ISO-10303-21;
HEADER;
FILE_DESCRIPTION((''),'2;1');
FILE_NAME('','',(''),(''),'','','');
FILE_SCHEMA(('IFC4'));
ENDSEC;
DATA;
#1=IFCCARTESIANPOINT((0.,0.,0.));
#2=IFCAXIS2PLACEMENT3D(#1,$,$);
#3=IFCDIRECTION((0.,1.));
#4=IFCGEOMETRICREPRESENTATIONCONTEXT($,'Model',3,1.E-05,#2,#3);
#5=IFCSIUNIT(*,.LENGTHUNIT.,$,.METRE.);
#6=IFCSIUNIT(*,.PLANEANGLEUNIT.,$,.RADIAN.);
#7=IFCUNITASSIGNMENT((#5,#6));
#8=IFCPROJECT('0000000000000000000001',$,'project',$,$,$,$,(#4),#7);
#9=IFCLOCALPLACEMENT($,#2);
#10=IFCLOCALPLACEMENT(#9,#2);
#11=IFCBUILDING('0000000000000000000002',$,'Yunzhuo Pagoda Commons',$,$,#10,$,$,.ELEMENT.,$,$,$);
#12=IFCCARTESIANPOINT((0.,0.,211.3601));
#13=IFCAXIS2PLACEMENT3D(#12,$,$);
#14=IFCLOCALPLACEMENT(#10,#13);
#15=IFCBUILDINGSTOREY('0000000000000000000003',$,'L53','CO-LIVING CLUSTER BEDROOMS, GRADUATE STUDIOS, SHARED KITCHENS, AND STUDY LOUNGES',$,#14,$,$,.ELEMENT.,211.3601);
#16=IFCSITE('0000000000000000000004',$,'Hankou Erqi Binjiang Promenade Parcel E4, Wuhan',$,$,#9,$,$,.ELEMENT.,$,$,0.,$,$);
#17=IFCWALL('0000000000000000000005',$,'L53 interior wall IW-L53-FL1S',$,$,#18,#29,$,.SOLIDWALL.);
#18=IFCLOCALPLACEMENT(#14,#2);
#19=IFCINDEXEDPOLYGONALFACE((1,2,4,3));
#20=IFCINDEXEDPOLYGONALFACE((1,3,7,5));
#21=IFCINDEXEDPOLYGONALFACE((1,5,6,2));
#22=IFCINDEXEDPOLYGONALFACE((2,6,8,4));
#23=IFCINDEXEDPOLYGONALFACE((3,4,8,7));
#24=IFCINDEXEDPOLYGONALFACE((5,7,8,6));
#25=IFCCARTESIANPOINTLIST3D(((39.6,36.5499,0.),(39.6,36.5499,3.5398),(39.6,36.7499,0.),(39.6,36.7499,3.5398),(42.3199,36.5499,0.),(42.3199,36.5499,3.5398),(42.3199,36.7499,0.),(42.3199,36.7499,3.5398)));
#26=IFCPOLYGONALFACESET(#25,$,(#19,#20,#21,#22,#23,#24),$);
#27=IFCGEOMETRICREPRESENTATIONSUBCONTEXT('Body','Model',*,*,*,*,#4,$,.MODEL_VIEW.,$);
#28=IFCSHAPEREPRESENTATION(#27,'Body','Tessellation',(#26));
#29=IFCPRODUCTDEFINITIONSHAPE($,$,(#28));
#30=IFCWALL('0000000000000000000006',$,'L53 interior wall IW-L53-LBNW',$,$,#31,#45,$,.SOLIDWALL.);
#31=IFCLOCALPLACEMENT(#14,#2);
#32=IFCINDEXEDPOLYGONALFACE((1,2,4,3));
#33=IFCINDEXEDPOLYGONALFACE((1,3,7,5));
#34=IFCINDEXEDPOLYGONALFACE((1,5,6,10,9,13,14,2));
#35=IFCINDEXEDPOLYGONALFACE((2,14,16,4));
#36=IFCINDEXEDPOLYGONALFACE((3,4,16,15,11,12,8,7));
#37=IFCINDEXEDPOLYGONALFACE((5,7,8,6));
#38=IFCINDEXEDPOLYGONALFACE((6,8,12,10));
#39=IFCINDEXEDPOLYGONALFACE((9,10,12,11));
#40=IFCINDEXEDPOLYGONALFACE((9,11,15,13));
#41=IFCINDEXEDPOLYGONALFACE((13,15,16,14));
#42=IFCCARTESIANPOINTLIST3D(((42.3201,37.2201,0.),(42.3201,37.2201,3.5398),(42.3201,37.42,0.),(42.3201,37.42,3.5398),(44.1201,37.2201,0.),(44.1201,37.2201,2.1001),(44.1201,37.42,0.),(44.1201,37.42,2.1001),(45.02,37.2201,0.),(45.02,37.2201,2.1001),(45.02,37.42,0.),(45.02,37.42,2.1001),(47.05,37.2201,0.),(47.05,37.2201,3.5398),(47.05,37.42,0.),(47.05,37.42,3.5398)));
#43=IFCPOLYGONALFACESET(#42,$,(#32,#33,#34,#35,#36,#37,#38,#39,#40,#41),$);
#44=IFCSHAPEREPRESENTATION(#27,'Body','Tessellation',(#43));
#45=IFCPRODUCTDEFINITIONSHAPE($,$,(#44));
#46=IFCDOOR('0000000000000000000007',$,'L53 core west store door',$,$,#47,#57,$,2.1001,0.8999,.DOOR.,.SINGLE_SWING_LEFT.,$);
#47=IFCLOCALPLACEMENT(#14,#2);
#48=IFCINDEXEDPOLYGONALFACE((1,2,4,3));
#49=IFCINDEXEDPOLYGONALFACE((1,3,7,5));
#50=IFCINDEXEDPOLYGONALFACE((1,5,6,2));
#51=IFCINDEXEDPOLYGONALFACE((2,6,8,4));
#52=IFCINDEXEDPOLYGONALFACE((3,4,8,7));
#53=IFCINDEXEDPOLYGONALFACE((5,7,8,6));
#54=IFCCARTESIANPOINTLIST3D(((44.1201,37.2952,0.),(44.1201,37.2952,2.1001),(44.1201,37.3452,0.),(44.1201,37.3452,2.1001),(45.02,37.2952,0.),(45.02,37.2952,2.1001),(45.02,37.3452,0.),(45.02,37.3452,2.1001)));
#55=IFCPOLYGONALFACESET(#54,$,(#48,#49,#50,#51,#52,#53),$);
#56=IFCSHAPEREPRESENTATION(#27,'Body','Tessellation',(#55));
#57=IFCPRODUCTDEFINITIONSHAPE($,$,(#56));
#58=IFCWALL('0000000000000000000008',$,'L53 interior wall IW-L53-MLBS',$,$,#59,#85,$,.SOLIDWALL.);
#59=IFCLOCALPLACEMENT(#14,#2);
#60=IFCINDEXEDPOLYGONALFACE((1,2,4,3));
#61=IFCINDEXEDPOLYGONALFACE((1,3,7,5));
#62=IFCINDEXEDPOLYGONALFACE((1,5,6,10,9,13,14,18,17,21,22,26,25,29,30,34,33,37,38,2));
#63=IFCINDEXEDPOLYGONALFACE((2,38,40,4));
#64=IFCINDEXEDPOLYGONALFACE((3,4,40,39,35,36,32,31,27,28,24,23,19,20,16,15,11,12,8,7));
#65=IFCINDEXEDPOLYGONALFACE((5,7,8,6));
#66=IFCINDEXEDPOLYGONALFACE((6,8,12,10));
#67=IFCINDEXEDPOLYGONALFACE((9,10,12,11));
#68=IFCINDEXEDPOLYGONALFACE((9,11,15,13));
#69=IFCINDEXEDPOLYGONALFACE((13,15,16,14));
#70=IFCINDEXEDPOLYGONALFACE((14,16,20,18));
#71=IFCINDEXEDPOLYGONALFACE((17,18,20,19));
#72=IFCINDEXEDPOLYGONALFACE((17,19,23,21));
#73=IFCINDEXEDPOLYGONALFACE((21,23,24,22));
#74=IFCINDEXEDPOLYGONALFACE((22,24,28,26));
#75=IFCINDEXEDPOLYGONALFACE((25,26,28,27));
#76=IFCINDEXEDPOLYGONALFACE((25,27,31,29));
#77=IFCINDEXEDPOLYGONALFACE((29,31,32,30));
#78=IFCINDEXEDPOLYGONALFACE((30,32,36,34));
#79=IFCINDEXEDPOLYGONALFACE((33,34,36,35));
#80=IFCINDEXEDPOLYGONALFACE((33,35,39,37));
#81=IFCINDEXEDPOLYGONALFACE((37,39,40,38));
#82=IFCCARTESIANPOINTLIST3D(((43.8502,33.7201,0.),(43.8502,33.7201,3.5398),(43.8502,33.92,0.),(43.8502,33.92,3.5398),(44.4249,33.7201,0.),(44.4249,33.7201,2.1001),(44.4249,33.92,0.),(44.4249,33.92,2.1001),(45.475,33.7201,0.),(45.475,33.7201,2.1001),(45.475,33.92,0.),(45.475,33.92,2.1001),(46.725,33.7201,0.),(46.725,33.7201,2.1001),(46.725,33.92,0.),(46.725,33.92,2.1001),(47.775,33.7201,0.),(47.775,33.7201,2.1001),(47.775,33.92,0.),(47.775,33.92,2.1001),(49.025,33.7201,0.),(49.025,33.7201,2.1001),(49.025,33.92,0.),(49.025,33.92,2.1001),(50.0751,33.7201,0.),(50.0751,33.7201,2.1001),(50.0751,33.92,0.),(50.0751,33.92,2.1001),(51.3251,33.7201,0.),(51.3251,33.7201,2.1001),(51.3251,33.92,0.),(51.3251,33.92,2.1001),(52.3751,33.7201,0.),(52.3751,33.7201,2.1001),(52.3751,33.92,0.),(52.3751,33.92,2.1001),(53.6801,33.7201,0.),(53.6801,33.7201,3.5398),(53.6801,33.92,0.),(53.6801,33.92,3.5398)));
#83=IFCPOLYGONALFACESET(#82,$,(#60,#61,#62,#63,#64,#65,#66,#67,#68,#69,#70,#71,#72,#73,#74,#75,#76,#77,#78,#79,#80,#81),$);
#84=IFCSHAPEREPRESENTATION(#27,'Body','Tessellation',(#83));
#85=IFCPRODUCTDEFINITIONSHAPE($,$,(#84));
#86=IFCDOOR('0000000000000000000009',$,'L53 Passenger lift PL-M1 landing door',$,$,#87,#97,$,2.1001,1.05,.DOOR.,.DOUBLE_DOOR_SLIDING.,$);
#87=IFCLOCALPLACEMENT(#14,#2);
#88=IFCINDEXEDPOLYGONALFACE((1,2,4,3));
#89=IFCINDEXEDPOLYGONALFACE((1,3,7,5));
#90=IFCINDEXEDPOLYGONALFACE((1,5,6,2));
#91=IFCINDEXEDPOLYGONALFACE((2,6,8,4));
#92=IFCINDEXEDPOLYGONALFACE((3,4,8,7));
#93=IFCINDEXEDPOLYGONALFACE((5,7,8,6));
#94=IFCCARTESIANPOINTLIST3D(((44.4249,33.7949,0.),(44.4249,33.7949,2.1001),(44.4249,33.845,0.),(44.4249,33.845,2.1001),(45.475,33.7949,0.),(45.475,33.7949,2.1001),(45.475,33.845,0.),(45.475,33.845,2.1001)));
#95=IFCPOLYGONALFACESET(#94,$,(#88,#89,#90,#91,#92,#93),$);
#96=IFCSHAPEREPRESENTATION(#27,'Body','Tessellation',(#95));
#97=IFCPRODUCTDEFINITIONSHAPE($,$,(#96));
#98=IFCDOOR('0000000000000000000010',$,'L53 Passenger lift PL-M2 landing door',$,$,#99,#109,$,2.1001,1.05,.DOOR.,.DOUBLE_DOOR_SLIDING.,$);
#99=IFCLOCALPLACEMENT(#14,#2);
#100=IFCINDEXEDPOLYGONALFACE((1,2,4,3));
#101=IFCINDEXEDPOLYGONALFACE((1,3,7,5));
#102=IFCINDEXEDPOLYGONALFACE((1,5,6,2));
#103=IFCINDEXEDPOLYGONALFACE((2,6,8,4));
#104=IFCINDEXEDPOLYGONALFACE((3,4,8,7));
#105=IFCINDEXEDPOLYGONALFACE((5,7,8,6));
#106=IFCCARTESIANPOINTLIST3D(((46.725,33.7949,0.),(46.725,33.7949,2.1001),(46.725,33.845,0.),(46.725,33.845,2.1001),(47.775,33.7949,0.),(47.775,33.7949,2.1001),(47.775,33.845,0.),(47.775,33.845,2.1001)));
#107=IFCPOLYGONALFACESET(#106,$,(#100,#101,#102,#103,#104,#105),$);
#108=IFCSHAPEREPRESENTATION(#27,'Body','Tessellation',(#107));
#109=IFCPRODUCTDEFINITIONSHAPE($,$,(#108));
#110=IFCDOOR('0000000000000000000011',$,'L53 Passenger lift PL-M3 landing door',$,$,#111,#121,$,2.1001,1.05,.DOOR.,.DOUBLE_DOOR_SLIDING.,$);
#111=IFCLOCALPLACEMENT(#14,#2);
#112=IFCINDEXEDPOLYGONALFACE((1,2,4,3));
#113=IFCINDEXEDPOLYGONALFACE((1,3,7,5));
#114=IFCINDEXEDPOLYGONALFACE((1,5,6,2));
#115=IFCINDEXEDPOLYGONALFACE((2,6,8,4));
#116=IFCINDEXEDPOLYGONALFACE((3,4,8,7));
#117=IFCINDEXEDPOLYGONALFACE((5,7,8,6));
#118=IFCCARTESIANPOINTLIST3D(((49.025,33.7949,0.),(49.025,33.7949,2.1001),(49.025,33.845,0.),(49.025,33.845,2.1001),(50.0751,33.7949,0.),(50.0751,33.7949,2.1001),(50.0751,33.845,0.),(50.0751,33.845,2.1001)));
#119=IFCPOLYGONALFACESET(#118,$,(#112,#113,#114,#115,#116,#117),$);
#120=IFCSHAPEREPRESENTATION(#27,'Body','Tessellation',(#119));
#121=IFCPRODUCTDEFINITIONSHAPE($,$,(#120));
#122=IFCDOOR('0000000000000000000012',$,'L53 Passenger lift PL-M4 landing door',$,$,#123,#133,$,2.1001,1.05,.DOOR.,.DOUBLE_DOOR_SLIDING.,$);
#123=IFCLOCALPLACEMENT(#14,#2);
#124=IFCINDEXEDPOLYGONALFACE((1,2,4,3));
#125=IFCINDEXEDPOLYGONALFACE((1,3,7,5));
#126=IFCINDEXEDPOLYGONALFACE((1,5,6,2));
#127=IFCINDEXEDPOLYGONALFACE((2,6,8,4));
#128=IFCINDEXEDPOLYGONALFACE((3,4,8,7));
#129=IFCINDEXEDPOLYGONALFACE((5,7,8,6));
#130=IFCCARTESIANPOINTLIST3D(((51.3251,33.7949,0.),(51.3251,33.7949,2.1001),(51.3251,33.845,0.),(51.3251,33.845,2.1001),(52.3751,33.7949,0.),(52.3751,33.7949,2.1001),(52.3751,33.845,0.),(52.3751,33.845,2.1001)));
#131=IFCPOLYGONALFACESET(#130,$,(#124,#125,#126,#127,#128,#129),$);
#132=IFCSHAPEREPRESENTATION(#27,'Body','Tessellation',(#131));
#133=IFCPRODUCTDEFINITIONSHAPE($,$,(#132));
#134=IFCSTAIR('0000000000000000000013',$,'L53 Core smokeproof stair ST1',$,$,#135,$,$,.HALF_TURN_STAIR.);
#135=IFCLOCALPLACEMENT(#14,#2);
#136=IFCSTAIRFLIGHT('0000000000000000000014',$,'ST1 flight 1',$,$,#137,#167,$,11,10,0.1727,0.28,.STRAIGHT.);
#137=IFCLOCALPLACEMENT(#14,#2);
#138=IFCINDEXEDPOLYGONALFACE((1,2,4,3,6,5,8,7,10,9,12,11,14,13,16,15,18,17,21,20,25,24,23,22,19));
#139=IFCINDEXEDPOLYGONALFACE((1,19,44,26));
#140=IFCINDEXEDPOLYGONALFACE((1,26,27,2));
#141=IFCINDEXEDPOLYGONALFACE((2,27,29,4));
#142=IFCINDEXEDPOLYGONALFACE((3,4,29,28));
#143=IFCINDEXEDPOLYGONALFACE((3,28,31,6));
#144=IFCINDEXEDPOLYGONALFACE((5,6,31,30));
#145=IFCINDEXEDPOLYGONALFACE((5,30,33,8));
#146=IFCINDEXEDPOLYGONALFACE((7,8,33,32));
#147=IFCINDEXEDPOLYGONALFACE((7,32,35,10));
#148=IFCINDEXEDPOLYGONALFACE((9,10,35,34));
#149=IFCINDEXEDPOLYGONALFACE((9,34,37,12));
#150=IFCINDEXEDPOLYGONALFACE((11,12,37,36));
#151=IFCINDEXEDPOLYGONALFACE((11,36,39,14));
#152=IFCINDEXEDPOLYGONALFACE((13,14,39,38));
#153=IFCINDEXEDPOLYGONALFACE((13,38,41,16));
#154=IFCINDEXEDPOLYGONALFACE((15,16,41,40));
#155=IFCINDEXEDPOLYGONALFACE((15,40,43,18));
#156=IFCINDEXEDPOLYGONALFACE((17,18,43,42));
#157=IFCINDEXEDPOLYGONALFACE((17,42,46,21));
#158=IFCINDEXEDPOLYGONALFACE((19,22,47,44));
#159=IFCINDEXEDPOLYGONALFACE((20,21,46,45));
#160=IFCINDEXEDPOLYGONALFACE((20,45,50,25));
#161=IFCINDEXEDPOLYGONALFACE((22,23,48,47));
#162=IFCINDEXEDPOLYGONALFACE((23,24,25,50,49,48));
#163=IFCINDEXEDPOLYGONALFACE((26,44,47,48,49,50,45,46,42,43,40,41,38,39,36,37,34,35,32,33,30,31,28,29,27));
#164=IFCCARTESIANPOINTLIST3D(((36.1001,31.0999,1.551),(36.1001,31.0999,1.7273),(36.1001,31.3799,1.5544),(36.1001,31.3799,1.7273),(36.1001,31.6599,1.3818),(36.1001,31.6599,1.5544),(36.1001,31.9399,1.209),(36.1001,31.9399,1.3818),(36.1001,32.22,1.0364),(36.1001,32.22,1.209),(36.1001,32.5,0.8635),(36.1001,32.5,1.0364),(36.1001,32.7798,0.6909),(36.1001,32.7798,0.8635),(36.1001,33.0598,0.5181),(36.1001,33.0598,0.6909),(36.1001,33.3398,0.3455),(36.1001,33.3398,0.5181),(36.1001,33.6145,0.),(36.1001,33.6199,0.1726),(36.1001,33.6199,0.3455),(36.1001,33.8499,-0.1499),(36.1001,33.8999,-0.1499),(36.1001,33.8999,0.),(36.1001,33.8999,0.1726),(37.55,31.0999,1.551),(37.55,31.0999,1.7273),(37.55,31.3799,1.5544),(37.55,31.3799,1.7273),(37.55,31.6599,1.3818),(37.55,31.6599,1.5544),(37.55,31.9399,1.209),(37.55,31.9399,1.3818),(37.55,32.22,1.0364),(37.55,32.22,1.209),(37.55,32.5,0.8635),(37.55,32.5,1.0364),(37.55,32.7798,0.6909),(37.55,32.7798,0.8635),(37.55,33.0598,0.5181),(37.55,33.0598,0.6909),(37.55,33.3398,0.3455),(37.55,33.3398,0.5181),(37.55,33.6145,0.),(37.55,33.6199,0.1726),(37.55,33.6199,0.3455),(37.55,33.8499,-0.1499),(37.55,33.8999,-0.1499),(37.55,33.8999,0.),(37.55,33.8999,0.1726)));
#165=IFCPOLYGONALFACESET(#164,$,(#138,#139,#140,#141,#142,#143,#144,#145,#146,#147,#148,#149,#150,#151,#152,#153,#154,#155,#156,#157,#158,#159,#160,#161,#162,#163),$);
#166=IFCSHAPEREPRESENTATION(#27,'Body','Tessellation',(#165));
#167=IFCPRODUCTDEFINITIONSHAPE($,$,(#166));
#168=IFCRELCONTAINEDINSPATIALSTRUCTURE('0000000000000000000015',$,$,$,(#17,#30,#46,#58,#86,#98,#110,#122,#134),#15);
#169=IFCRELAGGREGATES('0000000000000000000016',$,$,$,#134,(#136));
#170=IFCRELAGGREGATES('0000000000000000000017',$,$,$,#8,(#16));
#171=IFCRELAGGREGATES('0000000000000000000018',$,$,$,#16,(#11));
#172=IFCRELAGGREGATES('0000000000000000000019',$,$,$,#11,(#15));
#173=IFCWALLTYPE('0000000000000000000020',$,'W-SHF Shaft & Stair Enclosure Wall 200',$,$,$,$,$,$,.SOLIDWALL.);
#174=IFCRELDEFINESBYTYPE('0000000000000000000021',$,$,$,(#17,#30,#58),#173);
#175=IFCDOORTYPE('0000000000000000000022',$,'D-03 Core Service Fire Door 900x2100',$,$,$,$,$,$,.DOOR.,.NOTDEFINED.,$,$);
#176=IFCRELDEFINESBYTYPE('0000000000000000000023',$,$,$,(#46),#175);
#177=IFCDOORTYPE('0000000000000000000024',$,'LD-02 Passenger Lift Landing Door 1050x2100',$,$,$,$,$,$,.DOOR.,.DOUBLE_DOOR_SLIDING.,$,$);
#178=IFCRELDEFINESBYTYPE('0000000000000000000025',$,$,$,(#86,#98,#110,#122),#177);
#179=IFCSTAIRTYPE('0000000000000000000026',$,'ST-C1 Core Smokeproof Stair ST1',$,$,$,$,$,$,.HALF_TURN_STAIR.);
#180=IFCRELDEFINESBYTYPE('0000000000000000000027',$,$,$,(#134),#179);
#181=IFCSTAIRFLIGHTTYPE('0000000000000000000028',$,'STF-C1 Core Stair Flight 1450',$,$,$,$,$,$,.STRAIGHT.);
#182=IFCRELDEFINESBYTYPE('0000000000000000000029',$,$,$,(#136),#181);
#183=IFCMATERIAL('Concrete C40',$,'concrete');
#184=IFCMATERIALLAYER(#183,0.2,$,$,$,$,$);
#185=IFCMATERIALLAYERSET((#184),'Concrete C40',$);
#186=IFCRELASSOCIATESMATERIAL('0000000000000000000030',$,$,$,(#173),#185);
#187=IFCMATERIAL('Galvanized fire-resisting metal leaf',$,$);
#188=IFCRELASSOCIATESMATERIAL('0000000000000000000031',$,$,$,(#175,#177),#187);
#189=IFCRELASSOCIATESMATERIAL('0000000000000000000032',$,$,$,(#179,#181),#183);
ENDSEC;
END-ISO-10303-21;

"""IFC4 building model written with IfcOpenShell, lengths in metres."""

from ifc_helpers import new_model, si_unit, direction, frame, frame_2d, origin, origin_with_axes, place, context, subcontext, project, spatial, polyline, rectangle, outline, extrude, source, transform, mapped, material, layer, layer_set, type_object, element, fill, aggregate, save


model = new_model("IFC4")

# Units and contexts
model_context = context("Model", 3, precision=1e-05, world=origin(), true_north=direction((0.0, 1.0)))
body_context = subcontext(model_context, "Body", "Model", "MODEL_VIEW")
ifc_project = project(units=[si_unit("LENGTHUNIT", "METRE"), si_unit("PLANEANGLEUNIT", "RADIAN")], contexts=[model_context])

# Site, building, storey
site_placement = place(None, origin())
site = spatial("IfcSite", under=ifc_project, at=site_placement, Name="Hankou Erqi Binjiang Promenade Parcel E4, Wuhan", CompositionType="ELEMENT", RefElevation=0.0)
building_placement = place(site_placement, origin())
building = spatial("IfcBuilding", under=site, at=building_placement, Name="Yunzhuo Pagoda Commons", CompositionType="ELEMENT")
storey_placement = place(building_placement, frame((0.0, 0.0, 211.3601)))
storey = spatial("IfcBuildingStorey", under=building, at=storey_placement, Name="L53", Description="CO-LIVING CLUSTER BEDROOMS, GRADUATE STUDIOS, SHARED KITCHENS, AND STUDY LOUNGES", CompositionType="ELEMENT", Elevation=211.3601)

# Shared definitions
ifc_material_1 = material(Name="Galvanized fire-resisting metal leaf")
shared_shape_1 = source(origin(), body_context, "Body", "SweptSolid", [
    extrude(rectangle(XDim=1.05, YDim=2.1001, at=frame_2d((0.5249, 1.05))), frame((0.0, 0.0249, 0.0), z_axis=(0.0, -1.0, 0.0), x_axis=(1.0, 0.0, 0.0)), (0.0, 0.0, 1.0), 0.05),
])

# Wall
ifc_material_2 = material(Name="Concrete C40", Category="concrete")
ifc_layer_1 = layer(ifc_material_2, 0.2)
ifc_layer_set_1 = layer_set([ifc_layer_1], Name="Concrete C40")
wall_type_1 = type_object("IfcWallType", Name="W-SHF Shaft & Stair Enclosure Wall 200", PredefinedType="SOLIDWALL", material=ifc_layer_set_1)
wall_1_placement = place(storey_placement, frame((39.6001, 36.6499, 0.0), z_axis=(0.0, 0.0, 1.0), x_axis=(1.0, 0.0, 0.0)))
element("IfcWall", 1, at=wall_1_placement, inside=storey, type_object=wall_type_1, Name="L53 interior wall IW-L53-FL1S", PredefinedType="SOLIDWALL", context=body_context, shape_type="SweptSolid", body=[
    extrude(rectangle(XDim=2.72, YDim=0.2, at=frame_2d((1.3599, 0.0))), origin(), (0.0, 0.0, 1.0), 3.5398),
])

# Wall, opening, door
wall_2_placement = place(storey_placement, frame((42.3201, 37.3201, 0.0), z_axis=(0.0, 0.0, 1.0), x_axis=(1.0, 0.0, 0.0)))
wall_2 = element("IfcWall", 2, at=wall_2_placement, inside=storey, type_object=wall_type_1, Name="L53 interior wall IW-L53-LBNW", PredefinedType="SOLIDWALL", context=body_context, shape_type="SweptSolid", body=[
    extrude(rectangle(XDim=4.73, YDim=0.2, at=frame_2d((2.365, 0.0))), origin(), (0.0, 0.0, 1.0), 3.5398),
])
opening_1_placement = place(wall_2_placement, frame((1.8, 0.0, 0.0)))
opening_1 = element("IfcOpeningElement", 3, at=opening_1_placement, cuts=wall_2, PredefinedType="OPENING", context=body_context, shape_type="SweptSolid", body=[
    extrude(rectangle(XDim=0.8999, YDim=2.1001, at=frame_2d((0.45, 1.05))), frame((0.0, 0.1099, 0.0), z_axis=(0.0, -1.0, 0.0), x_axis=(1.0, 0.0, 0.0)), (0.0, 0.0, 1.0), 0.22),
])
door_type_1 = type_object("IfcDoorType", Name="D-03 Core Service Fire Door 900x2100", OperationType="NOTDEFINED", PredefinedType="DOOR", material=ifc_material_1)
shared_shape_2 = source(origin(), body_context, "Body", "SweptSolid", [
    extrude(rectangle(XDim=0.8999, YDim=2.1001, at=frame_2d((0.45, 1.05))), frame((0.0, 0.0249, 0.0), z_axis=(0.0, -1.0, 0.0), x_axis=(1.0, 0.0, 0.0)), (0.0, 0.0, 1.0), 0.05),
])
door_1_placement = place(opening_1_placement, frame((0.8999, 0.0, 0.0), z_axis=(0.0, 0.0, 1.0), x_axis=(-1.0, 0.0, 0.0)))
door_1 = element("IfcDoor", 4, at=door_1_placement, inside=storey, type_object=door_type_1, Name="L53 core west store door", OperationType="SINGLE_SWING_LEFT", OverallHeight=2.1001, OverallWidth=0.8999, PredefinedType="DOOR", context=body_context, shape_type="MappedRepresentation", body=[
    mapped(shared_shape_2, transform((0.0, 0.0, 0.0), scale=1.0)),
])
fill(opening_1, door_1)

# Wall, openings, doors
wall_3_placement = place(storey_placement, frame((43.8501, 33.8201, 0.0), z_axis=(0.0, 0.0, 1.0), x_axis=(1.0, 0.0, 0.0)))
wall_3 = element("IfcWall", 5, at=wall_3_placement, inside=storey, type_object=wall_type_1, Name="L53 interior wall IW-L53-MLBS", PredefinedType="SOLIDWALL", context=body_context, shape_type="SweptSolid", body=[
    extrude(rectangle(XDim=9.8298, YDim=0.2, at=frame_2d((4.915, 0.0))), origin(), (0.0, 0.0, 1.0), 3.5398),
])
opening_2_placement = place(wall_3_placement, frame((0.575, 0.0, 0.0)))
opening_2 = element("IfcOpeningElement", 6, at=opening_2_placement, cuts=wall_3, PredefinedType="OPENING", context=body_context, shape_type="SweptSolid", body=[
    extrude(rectangle(XDim=1.05, YDim=2.1001, at=frame_2d((0.5249, 1.05))), frame((0.0, 0.1099, 0.0), z_axis=(0.0, -1.0, 0.0), x_axis=(1.0, 0.0, 0.0)), (0.0, 0.0, 1.0), 0.22),
])
opening_3_placement = place(wall_3_placement, frame((2.875, 0.0, 0.0)))
opening_3 = element("IfcOpeningElement", 7, at=opening_3_placement, cuts=wall_3, PredefinedType="OPENING", context=body_context, shape_type="SweptSolid", body=[
    extrude(rectangle(XDim=1.05, YDim=2.1001, at=frame_2d((0.5249, 1.05))), frame((0.0, 0.1099, 0.0), z_axis=(0.0, -1.0, 0.0), x_axis=(1.0, 0.0, 0.0)), (0.0, 0.0, 1.0), 0.22),
])
opening_4_placement = place(wall_3_placement, frame((5.175, 0.0, 0.0)))
opening_4 = element("IfcOpeningElement", 8, at=opening_4_placement, cuts=wall_3, PredefinedType="OPENING", context=body_context, shape_type="SweptSolid", body=[
    extrude(rectangle(XDim=1.05, YDim=2.1001, at=frame_2d((0.5249, 1.05))), frame((0.0, 0.1099, 0.0), z_axis=(0.0, -1.0, 0.0), x_axis=(1.0, 0.0, 0.0)), (0.0, 0.0, 1.0), 0.22),
])
opening_5_placement = place(wall_3_placement, frame((7.4751, 0.0, 0.0)))
opening_5 = element("IfcOpeningElement", 9, at=opening_5_placement, cuts=wall_3, PredefinedType="OPENING", context=body_context, shape_type="SweptSolid", body=[
    extrude(rectangle(XDim=1.05, YDim=2.1001, at=frame_2d((0.5249, 1.05))), frame((0.0, 0.1099, 0.0), z_axis=(0.0, -1.0, 0.0), x_axis=(1.0, 0.0, 0.0)), (0.0, 0.0, 1.0), 0.22),
])
door_type_2 = type_object("IfcDoorType", Name="LD-02 Passenger Lift Landing Door 1050x2100", OperationType="DOUBLE_DOOR_SLIDING", PredefinedType="DOOR", material=ifc_material_1)
door_2_placement = place(opening_2_placement, origin_with_axes())
door_2 = element("IfcDoor", 10, at=door_2_placement, inside=storey, type_object=door_type_2, Name="L53 Passenger lift PL-M1 landing door", OperationType="DOUBLE_DOOR_SLIDING", OverallHeight=2.1001, OverallWidth=1.05, PredefinedType="DOOR", context=body_context, shape_type="MappedRepresentation", body=[
    mapped(shared_shape_1, transform((0.0, 0.0, 0.0), scale=1.0)),
])
fill(opening_2, door_2)
door_3_placement = place(opening_3_placement, origin_with_axes())
door_3 = element("IfcDoor", 11, at=door_3_placement, inside=storey, type_object=door_type_2, Name="L53 Passenger lift PL-M2 landing door", OperationType="DOUBLE_DOOR_SLIDING", OverallHeight=2.1001, OverallWidth=1.05, PredefinedType="DOOR", context=body_context, shape_type="MappedRepresentation", body=[
    mapped(shared_shape_1, transform((0.0, 0.0, 0.0), scale=1.0)),
])
fill(opening_3, door_3)
door_4_placement = place(opening_4_placement, origin_with_axes())
door_4 = element("IfcDoor", 12, at=door_4_placement, inside=storey, type_object=door_type_2, Name="L53 Passenger lift PL-M3 landing door", OperationType="DOUBLE_DOOR_SLIDING", OverallHeight=2.1001, OverallWidth=1.05, PredefinedType="DOOR", context=body_context, shape_type="MappedRepresentation", body=[
    mapped(shared_shape_1, transform((0.0, 0.0, 0.0), scale=1.0)),
])
fill(opening_4, door_4)
door_5_placement = place(opening_5_placement, origin_with_axes())
door_5 = element("IfcDoor", 13, at=door_5_placement, inside=storey, type_object=door_type_2, Name="L53 Passenger lift PL-M4 landing door", OperationType="DOUBLE_DOOR_SLIDING", OverallHeight=2.1001, OverallWidth=1.05, PredefinedType="DOOR", context=body_context, shape_type="MappedRepresentation", body=[
    mapped(shared_shape_1, transform((0.0, 0.0, 0.0), scale=1.0)),
])
fill(opening_5, door_5)

# Stair, stair flight
stair_type = type_object("IfcStairType", Name="ST-C1 Core Smokeproof Stair ST1", PredefinedType="HALF_TURN_STAIR", material=ifc_material_2)
stair_placement = place(storey_placement, origin())
stair = element("IfcStair", 14, at=stair_placement, inside=storey, type_object=stair_type, Name="L53 Core smokeproof stair ST1", PredefinedType="HALF_TURN_STAIR")
stair_flight_type = type_object("IfcStairFlightType", Name="STF-C1 Core Stair Flight 1450", PredefinedType="STRAIGHT", material=ifc_material_2)
shared_shape_3 = source(origin(), body_context, "Body", "SweptSolid", [
    extrude(outline(polyline([(0.0, -0.1499), (0.0, 0.0), (0.0, 0.1726), (0.28, 0.1726), (0.28, 0.3455), (0.5601, 0.3455), (0.5601, 0.5181), (0.8401, 0.5181), (0.8401, 0.6909), (1.1201, 0.6909), (1.1201, 0.8635), (1.3999, 0.8635), (1.3999, 1.0364), (1.6799, 1.0364), (1.6799, 1.209), (1.96, 1.209), (1.96, 1.3818), (2.24, 1.3818), (2.24, 1.5544), (2.52, 1.5544), (2.52, 1.7273), (2.8, 1.7273), (2.8, 1.8999), (2.8, 1.551), (0.2854, 0.0), (0.05, -0.1499), (0.0, -0.1499)])), frame((0.0, 0.7251, 0.0), z_axis=(0.0, -1.0, 0.0), x_axis=(1.0, 0.0, 0.0)), (0.0, 0.0, 1.0), 1.45),
])
stair_flight_placement = place(storey_placement, frame((36.825, 33.8999, 0.0), z_axis=(0.0, 0.0, 1.0), x_axis=(0.0, -1.0, 0.0)))
stair_flight = element("IfcStairFlight", 15, at=stair_flight_placement, type_object=stair_flight_type, Name="ST1 flight 1", NumberOfRisers=11, NumberOfTreads=10, PredefinedType="STRAIGHT", RiserHeight=0.1727, TreadLength=0.28, context=body_context, shape_type="MappedRepresentation", body=[
    mapped(shared_shape_3, transform((0.0, 0.0, 0.0), scale=1.0)),
])
aggregate(stair, [stair_flight])

save(model, "model.ifc")
